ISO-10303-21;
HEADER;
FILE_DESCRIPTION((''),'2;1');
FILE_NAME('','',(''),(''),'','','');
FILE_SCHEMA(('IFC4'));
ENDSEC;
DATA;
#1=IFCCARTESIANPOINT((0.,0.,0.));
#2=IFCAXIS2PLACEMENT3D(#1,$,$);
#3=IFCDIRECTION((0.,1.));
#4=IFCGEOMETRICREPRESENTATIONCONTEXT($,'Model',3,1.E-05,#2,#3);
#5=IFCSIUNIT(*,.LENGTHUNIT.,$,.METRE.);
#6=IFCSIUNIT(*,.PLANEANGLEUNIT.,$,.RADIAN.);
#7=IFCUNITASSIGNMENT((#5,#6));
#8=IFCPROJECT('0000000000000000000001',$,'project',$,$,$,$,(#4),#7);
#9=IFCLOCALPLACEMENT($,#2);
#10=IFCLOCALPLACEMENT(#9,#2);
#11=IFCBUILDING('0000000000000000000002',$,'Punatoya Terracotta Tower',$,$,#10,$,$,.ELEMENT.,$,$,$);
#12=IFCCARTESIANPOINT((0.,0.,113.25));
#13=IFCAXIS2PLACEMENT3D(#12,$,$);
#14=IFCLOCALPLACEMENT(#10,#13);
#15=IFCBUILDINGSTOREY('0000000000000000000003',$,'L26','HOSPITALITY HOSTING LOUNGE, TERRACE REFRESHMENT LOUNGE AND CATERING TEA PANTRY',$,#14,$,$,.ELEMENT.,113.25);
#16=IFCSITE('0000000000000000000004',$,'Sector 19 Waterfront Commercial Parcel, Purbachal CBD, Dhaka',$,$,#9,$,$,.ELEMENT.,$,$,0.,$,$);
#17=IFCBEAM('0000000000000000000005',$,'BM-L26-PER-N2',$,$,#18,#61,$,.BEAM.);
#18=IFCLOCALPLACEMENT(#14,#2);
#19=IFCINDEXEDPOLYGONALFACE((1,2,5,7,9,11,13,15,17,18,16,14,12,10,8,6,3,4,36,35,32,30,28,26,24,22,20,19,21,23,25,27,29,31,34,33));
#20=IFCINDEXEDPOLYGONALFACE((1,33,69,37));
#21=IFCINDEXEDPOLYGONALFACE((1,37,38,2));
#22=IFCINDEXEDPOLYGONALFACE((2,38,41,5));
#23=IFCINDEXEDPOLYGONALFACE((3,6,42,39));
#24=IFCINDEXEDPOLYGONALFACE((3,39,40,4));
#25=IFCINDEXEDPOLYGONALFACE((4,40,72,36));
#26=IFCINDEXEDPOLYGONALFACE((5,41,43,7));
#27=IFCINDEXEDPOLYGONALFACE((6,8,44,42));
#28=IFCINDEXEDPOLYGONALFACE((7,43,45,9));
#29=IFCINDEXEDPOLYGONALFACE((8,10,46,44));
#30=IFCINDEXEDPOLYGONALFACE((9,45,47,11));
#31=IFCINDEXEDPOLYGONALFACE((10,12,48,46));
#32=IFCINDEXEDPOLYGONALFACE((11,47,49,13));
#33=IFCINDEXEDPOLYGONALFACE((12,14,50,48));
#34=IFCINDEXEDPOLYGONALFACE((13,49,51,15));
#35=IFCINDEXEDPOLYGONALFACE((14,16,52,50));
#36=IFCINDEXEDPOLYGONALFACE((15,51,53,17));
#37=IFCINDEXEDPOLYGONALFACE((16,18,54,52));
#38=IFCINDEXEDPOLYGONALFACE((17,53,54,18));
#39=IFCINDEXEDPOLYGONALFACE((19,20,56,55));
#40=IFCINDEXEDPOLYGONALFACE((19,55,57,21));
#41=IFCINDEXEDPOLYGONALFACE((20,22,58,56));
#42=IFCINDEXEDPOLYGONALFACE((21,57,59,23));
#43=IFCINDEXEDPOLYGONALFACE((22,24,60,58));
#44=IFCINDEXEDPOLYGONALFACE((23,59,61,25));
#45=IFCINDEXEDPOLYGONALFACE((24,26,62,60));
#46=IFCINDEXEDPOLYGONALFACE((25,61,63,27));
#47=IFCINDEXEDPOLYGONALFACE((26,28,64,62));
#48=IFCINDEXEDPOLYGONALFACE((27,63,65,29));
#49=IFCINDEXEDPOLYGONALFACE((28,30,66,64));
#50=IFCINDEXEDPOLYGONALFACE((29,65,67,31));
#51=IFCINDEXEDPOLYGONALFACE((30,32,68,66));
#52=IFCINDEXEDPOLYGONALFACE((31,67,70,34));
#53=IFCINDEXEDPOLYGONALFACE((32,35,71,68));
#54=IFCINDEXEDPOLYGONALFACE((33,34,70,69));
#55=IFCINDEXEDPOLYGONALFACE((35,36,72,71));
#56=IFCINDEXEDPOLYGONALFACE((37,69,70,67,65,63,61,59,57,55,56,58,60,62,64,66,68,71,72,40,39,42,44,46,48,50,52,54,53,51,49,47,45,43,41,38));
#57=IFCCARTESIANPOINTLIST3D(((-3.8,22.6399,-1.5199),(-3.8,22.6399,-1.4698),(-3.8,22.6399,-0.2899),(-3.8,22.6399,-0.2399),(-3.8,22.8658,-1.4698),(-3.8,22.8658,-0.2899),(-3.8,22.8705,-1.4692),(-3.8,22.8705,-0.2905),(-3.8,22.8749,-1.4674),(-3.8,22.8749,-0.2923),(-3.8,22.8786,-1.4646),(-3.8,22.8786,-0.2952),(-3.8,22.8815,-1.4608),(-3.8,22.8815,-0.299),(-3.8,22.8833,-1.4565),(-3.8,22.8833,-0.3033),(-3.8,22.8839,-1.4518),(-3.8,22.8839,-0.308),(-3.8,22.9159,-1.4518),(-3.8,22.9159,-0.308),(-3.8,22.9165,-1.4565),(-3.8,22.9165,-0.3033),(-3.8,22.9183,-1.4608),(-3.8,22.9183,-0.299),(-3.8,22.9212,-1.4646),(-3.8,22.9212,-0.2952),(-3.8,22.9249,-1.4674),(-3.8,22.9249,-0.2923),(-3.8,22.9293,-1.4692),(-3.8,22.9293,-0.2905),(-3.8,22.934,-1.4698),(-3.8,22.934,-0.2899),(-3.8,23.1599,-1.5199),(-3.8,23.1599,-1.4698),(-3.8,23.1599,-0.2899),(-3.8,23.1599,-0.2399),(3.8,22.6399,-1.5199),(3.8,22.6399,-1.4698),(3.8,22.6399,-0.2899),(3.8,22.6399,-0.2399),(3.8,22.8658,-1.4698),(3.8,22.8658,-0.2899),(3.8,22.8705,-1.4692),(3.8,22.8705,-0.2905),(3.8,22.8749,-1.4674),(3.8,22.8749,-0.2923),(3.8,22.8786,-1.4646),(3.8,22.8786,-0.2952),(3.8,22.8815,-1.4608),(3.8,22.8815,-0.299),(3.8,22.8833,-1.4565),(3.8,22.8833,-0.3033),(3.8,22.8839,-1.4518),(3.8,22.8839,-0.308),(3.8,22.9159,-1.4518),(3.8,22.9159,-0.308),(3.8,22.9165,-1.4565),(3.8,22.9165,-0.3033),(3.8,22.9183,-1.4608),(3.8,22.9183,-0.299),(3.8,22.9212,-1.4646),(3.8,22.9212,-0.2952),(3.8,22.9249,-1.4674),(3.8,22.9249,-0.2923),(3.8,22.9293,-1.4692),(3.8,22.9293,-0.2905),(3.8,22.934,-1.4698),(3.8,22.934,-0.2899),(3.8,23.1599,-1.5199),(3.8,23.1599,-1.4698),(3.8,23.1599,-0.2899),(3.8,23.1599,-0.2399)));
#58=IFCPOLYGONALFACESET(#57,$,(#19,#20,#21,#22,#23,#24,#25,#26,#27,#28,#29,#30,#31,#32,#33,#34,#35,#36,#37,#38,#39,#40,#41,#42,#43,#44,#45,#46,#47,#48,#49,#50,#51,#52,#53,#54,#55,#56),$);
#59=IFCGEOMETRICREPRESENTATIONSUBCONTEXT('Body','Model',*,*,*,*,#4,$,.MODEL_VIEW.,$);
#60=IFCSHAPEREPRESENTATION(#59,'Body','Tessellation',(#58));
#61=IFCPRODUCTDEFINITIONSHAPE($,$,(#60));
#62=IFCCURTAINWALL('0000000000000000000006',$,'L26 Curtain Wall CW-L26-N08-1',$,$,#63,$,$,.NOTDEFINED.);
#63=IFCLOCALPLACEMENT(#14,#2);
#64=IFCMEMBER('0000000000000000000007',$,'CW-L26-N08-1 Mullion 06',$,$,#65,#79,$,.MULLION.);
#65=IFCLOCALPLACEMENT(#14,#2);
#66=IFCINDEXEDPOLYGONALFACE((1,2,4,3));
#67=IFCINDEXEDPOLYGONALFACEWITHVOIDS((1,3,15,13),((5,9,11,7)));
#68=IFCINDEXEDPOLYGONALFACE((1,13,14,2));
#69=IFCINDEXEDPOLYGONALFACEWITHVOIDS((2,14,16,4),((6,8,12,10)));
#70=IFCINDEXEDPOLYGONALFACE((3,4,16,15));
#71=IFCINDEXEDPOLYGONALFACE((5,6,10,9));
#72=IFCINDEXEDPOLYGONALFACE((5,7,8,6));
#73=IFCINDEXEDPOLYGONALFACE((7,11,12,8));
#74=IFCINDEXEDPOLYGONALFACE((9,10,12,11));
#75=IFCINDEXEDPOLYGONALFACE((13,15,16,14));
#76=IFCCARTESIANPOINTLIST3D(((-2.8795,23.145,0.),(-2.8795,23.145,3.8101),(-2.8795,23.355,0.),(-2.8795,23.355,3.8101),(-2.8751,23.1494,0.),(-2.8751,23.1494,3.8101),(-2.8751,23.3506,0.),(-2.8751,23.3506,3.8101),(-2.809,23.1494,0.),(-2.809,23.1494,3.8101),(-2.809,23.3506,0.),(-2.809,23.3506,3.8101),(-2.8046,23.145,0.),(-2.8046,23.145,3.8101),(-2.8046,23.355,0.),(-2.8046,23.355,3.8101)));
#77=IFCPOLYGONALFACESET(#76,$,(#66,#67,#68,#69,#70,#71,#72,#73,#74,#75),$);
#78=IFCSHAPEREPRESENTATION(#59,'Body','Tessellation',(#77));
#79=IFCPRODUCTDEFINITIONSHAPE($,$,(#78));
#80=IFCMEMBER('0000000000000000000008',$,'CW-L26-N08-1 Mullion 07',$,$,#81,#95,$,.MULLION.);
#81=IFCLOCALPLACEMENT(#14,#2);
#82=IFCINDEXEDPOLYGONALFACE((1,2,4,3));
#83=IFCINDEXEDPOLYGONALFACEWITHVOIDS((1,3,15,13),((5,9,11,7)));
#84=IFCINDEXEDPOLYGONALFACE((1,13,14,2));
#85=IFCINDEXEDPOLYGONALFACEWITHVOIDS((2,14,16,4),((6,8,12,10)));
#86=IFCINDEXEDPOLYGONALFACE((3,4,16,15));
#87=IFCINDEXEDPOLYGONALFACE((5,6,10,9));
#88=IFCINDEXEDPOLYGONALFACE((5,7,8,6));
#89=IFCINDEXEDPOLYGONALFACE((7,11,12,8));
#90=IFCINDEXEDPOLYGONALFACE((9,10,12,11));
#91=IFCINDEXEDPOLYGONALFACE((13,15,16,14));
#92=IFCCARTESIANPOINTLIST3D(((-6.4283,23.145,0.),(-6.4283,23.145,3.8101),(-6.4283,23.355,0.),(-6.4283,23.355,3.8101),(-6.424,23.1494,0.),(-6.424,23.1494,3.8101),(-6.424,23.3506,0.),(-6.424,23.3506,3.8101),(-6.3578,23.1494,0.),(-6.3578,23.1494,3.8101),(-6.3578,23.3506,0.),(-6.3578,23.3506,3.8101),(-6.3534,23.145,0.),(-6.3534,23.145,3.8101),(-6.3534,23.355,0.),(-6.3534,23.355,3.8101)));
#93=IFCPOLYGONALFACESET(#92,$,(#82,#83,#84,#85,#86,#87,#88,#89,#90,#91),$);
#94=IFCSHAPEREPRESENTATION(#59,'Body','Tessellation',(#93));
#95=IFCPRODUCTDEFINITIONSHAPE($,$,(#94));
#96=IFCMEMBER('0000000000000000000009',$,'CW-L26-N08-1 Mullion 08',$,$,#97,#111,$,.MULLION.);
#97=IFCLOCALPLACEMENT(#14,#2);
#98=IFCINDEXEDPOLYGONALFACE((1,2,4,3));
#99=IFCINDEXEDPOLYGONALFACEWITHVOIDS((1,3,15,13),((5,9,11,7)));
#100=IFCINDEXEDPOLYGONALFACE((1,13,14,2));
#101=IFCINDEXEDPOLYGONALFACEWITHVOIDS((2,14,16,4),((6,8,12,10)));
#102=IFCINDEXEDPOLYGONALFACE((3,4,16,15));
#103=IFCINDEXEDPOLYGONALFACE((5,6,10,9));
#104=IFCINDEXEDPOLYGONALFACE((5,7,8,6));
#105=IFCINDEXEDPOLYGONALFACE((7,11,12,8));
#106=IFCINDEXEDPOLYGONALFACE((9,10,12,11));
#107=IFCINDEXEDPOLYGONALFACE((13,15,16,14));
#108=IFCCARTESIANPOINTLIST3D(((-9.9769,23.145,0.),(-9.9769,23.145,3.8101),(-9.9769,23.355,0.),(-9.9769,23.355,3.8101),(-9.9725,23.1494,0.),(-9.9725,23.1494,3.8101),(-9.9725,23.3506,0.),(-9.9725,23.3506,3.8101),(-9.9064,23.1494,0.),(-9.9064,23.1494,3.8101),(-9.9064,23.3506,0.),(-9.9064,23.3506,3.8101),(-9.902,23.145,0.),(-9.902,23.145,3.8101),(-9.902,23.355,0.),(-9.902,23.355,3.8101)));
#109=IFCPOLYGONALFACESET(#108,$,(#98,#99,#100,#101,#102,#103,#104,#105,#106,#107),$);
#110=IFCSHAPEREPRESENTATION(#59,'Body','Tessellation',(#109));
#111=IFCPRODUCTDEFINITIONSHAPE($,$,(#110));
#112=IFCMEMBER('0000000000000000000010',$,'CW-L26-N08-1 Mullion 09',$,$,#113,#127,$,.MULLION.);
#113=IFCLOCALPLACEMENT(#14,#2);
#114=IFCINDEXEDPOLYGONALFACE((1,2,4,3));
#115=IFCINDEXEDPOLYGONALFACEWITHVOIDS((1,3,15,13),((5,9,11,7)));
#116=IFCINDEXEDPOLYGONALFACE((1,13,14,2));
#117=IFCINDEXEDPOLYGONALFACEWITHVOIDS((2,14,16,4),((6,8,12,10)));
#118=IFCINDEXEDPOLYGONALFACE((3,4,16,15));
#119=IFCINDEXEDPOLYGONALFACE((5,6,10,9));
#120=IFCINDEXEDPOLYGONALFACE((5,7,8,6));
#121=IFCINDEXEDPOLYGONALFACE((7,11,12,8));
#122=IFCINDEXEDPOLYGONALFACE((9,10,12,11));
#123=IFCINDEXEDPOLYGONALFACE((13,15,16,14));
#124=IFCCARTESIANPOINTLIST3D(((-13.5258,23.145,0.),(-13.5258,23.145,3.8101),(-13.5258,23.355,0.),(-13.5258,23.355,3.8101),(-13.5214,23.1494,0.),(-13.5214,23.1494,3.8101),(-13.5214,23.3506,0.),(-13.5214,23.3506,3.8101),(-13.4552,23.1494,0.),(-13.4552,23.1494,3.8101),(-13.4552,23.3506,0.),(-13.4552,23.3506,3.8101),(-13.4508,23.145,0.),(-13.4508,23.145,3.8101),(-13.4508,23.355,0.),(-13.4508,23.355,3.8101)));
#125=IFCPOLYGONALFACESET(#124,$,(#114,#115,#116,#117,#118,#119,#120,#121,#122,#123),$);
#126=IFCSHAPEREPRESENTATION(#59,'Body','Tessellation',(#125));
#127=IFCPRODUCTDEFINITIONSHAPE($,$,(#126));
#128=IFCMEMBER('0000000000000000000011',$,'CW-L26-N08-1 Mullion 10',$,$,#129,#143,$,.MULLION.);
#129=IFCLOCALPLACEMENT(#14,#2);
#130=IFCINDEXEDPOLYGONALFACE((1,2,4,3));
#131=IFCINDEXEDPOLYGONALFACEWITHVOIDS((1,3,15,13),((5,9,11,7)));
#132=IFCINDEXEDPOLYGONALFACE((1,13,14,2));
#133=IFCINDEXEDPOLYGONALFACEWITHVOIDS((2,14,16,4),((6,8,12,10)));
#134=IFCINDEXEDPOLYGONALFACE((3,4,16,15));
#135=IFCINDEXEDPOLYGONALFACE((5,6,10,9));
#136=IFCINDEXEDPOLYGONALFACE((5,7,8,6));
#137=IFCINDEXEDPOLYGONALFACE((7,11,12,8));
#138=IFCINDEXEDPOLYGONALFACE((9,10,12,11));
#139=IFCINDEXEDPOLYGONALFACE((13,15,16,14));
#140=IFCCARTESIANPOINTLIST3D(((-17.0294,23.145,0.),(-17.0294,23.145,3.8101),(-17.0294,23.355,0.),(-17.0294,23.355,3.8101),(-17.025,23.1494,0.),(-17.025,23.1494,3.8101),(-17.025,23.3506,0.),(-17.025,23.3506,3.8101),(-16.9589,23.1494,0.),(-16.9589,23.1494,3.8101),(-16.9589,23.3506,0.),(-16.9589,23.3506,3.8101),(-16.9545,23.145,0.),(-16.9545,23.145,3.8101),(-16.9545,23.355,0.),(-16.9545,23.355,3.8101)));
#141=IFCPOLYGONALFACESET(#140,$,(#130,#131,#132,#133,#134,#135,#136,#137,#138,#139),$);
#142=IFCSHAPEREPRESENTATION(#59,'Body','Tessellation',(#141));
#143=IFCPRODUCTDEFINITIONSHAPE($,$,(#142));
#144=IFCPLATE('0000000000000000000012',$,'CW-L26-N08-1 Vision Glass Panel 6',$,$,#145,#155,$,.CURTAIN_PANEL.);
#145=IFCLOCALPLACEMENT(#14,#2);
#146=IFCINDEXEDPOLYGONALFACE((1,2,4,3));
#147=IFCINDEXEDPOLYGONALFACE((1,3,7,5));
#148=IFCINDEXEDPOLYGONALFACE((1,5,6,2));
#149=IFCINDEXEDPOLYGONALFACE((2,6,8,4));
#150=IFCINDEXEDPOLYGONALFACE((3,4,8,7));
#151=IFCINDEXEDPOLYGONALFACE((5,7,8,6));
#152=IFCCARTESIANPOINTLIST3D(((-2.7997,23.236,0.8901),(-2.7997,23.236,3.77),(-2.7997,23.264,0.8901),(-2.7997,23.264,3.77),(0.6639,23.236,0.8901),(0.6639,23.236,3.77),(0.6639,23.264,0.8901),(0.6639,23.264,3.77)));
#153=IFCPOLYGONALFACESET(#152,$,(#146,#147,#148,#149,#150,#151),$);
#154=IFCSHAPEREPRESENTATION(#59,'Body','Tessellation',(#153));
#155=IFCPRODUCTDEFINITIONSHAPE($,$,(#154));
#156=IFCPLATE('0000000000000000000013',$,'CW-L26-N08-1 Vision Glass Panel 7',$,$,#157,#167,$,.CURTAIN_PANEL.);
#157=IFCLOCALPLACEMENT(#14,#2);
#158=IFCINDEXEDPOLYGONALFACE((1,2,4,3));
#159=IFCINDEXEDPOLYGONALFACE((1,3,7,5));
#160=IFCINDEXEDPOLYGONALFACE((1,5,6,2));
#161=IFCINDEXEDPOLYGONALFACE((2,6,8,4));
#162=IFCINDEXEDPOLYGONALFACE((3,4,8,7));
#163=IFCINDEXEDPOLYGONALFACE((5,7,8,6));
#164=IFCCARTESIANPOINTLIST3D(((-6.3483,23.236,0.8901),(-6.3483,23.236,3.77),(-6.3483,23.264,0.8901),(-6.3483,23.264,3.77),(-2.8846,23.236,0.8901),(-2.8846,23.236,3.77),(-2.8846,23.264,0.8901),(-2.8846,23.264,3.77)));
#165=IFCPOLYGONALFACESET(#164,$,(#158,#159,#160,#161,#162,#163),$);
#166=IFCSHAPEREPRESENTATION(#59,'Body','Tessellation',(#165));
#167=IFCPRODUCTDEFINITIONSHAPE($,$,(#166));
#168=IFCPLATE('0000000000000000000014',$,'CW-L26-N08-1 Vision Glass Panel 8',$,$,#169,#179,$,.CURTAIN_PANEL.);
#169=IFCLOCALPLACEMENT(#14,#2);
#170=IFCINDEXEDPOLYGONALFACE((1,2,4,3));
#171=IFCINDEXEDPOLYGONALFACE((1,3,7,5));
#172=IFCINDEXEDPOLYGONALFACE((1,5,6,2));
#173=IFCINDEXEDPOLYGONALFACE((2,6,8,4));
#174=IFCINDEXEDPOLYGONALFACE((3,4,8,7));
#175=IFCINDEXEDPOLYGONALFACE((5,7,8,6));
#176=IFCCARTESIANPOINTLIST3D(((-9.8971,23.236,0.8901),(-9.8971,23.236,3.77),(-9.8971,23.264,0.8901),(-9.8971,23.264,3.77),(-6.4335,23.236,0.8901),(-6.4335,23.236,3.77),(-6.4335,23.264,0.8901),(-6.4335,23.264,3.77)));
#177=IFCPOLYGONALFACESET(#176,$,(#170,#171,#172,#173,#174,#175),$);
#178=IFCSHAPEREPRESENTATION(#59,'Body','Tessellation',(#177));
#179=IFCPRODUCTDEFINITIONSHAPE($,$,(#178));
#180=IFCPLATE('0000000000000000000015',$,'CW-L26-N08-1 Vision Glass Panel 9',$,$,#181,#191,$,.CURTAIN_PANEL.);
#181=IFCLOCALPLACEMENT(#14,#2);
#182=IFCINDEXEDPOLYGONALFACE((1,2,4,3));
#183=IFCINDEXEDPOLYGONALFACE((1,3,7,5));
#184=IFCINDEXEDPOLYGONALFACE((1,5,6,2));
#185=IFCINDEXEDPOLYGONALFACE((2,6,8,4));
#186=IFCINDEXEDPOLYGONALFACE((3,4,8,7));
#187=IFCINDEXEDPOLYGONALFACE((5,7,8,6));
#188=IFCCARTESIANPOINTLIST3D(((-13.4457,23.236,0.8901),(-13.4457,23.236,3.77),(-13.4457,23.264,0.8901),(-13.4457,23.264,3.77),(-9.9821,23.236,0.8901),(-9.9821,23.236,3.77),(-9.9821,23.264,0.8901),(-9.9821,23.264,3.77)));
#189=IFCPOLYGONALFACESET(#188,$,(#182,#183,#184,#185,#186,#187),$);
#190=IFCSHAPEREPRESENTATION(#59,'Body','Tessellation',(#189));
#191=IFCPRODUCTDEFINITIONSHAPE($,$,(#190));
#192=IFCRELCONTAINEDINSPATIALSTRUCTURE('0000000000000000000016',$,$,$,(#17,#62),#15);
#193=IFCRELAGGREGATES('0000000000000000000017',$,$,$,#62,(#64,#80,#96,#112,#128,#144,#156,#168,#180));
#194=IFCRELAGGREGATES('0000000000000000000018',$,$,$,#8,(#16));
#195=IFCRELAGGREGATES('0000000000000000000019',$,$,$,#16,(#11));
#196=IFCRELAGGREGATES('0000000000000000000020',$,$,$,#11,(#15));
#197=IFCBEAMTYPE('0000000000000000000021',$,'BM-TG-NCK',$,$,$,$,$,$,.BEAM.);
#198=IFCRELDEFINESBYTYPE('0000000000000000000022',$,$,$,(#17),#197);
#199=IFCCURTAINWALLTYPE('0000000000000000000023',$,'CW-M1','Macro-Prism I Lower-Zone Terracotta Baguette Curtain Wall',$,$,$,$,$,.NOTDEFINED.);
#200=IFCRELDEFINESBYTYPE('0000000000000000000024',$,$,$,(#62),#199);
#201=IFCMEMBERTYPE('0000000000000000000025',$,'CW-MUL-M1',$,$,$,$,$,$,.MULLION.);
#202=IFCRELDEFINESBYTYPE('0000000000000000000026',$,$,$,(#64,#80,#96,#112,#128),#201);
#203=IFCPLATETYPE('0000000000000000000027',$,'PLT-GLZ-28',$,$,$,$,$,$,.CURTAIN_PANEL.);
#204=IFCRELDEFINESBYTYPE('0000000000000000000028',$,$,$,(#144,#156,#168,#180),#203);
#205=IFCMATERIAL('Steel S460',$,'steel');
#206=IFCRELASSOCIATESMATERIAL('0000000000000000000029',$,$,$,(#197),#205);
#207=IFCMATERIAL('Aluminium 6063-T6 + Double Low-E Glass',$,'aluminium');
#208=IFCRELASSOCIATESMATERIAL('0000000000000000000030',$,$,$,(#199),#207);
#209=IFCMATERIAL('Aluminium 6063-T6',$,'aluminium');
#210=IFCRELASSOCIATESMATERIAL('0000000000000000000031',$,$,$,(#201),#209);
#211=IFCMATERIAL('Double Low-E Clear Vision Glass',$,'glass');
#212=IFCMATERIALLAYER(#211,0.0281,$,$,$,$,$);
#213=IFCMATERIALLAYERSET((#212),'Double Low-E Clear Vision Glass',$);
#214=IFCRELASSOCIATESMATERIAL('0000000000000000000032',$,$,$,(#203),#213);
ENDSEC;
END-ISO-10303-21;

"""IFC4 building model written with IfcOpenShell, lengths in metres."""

from ifc_helpers import new_model, si_unit, direction, frame, origin, origin_2d, place, context, subcontext, project, spatial, rectangle, hollow_rectangle, i_section, extrude, material, layer, layer_set, material_profile, profile_set, type_object, element, aggregate, save


model = new_model("IFC4")

# Units and contexts
model_context = context("Model", 3, precision=1e-05, world=origin(), true_north=direction((0.0, 1.0)))
body_context = subcontext(model_context, "Body", "Model", "MODEL_VIEW")
ifc_project = project(units=[si_unit("LENGTHUNIT", "METRE"), si_unit("PLANEANGLEUNIT", "RADIAN")], contexts=[model_context])

# Site, building, storey
site_placement = place(None, origin())
site = spatial("IfcSite", under=ifc_project, at=site_placement, Name="Sector 19 Waterfront Commercial Parcel, Purbachal CBD, Dhaka", CompositionType="ELEMENT", RefElevation=0.0)
building_placement = place(site_placement, origin())
building = spatial("IfcBuilding", under=site, at=building_placement, Name="Punatoya Terracotta Tower", CompositionType="ELEMENT")
storey_placement = place(building_placement, frame((0.0, 0.0, 113.25)))
storey = spatial("IfcBuildingStorey", under=building, at=storey_placement, Name="L26", Description="HOSPITALITY HOSTING LOUNGE, TERRACE REFRESHMENT LOUNGE AND CATERING TEA PANTRY", CompositionType="ELEMENT", Elevation=113.25)

# Shared definitions
ifc_material_1 = material(Name="Steel S460", Category="steel")

# Beam
ifc_material_profile_1 = material_profile(ifc_material_1, i_section(OverallWidth=0.52, OverallDepth=1.28, WebThickness=0.032, FlangeThickness=0.05, FilletRadius=0.0181, at=origin_2d()))
ifc_profile_set_1 = profile_set([ifc_material_profile_1], Name="Steel S460")
beam_type_1 = type_object("IfcBeamType", Name="BM-TG-NCK", PredefinedType="BEAM", material=ifc_profile_set_1)
beam_1_placement = place(storey_placement, frame((-3.8, 22.8999, -0.8799), z_axis=(1.0, 0.0, 0.0), x_axis=(0.0, 1.0, 0.0)))
element("IfcBeam", 1, at=beam_1_placement, inside=storey, type_object=beam_type_1, Name="BM-L26-PER-N2", PredefinedType="BEAM", context=body_context, shape_type="SweptSolid", body=[
    extrude(i_section(OverallWidth=0.52, OverallDepth=1.28, WebThickness=0.032, FlangeThickness=0.05, FilletRadius=0.0181, at=origin_2d()), origin(), (0.0, 0.0, 1.0), 7.6001),
])

# Curtain wall, members, plates
ifc_material_2 = material(Name="Aluminium 6063-T6 + Double Low-E Glass", Category="aluminium")
curtain_wall_type = type_object("IfcCurtainWallType", Name="CW-M1", Description="Macro-Prism I Lower-Zone Terracotta Baguette Curtain Wall", PredefinedType="NOTDEFINED", material=ifc_material_2)
curtain_wall_placement = place(storey_placement, origin())
curtain_wall = element("IfcCurtainWall", 2, at=curtain_wall_placement, inside=storey, type_object=curtain_wall_type, Name="L26 Curtain Wall CW-L26-N08-1", PredefinedType="NOTDEFINED")
ifc_material_3 = material(Name="Aluminium 6063-T6", Category="aluminium")
ifc_material_profile_2 = material_profile(ifc_material_3, hollow_rectangle(XDim=0.075, YDim=0.21, WallThickness=0.0044, at=origin_2d()))
ifc_profile_set_2 = profile_set([ifc_material_profile_2], Name="Aluminium 6063-T6")
member_type = type_object("IfcMemberType", Name="CW-MUL-M1", PredefinedType="MULLION", material=ifc_profile_set_2)
member_1_placement = place(storey_placement, frame((-2.842, 23.25, 0.0), z_axis=(0.0, 0.0, 1.0), x_axis=(1.0, 0.0, 0.0)))
member_1 = element("IfcMember", 3, at=member_1_placement, type_object=member_type, Name="CW-L26-N08-1 Mullion 06", PredefinedType="MULLION", context=body_context, shape_type="SweptSolid", body=[
    extrude(hollow_rectangle(XDim=0.075, YDim=0.21, WallThickness=0.0044, at=origin_2d()), origin(), (0.0, 0.0, 1.0), 3.8101),
])
member_2_placement = place(storey_placement, frame((-6.3909, 23.25, 0.0), z_axis=(0.0, 0.0, 1.0), x_axis=(1.0, 0.0, 0.0)))
member_2 = element("IfcMember", 4, at=member_2_placement, type_object=member_type, Name="CW-L26-N08-1 Mullion 07", PredefinedType="MULLION", context=body_context, shape_type="SweptSolid", body=[
    extrude(hollow_rectangle(XDim=0.075, YDim=0.21, WallThickness=0.0044, at=origin_2d()), origin(), (0.0, 0.0, 1.0), 3.8101),
])
member_3_placement = place(storey_placement, frame((-9.9395, 23.25, 0.0), z_axis=(0.0, 0.0, 1.0), x_axis=(1.0, 0.0, 0.0)))
member_3 = element("IfcMember", 5, at=member_3_placement, type_object=member_type, Name="CW-L26-N08-1 Mullion 08", PredefinedType="MULLION", context=body_context, shape_type="SweptSolid", body=[
    extrude(hollow_rectangle(XDim=0.075, YDim=0.21, WallThickness=0.0044, at=origin_2d()), origin(), (0.0, 0.0, 1.0), 3.8101),
])
member_4_placement = place(storey_placement, frame((-13.4883, 23.25, 0.0), z_axis=(0.0, 0.0, 1.0), x_axis=(1.0, 0.0, 0.0)))
member_4 = element("IfcMember", 6, at=member_4_placement, type_object=member_type, Name="CW-L26-N08-1 Mullion 09", PredefinedType="MULLION", context=body_context, shape_type="SweptSolid", body=[
    extrude(hollow_rectangle(XDim=0.075, YDim=0.21, WallThickness=0.0044, at=origin_2d()), origin(), (0.0, 0.0, 1.0), 3.8101),
])
member_5_placement = place(storey_placement, frame((-16.9919, 23.25, 0.0), z_axis=(0.0, 0.0, 1.0), x_axis=(1.0, 0.0, 0.0)))
member_5 = element("IfcMember", 7, at=member_5_placement, type_object=member_type, Name="CW-L26-N08-1 Mullion 10", PredefinedType="MULLION", context=body_context, shape_type="SweptSolid", body=[
    extrude(hollow_rectangle(XDim=0.075, YDim=0.21, WallThickness=0.0044, at=origin_2d()), origin(), (0.0, 0.0, 1.0), 3.8101),
])
ifc_material_4 = material(Name="Double Low-E Clear Vision Glass", Category="glass")
ifc_layer_1 = layer(ifc_material_4, 0.0281)
ifc_layer_set_1 = layer_set([ifc_layer_1], Name="Double Low-E Clear Vision Glass")
plate_type_1 = type_object("IfcPlateType", Name="PLT-GLZ-28", PredefinedType="CURTAIN_PANEL", material=ifc_layer_set_1)
plate_1_placement = place(storey_placement, frame((-1.0679, 23.25, 0.8901), z_axis=(0.0, 0.0, 1.0), x_axis=(-1.0, 0.0, 0.0)))
plate_1 = element("IfcPlate", 8, at=plate_1_placement, type_object=plate_type_1, Name="CW-L26-N08-1 Vision Glass Panel 6", PredefinedType="CURTAIN_PANEL", context=body_context, shape_type="SweptSolid", body=[
    extrude(rectangle(XDim=3.4636, YDim=0.0281, at=origin_2d()), origin(), (0.0, 0.0, 1.0), 2.8799),
])
plate_2_placement = place(storey_placement, frame((-4.6165, 23.25, 0.8901), z_axis=(0.0, 0.0, 1.0), x_axis=(-1.0, 0.0, 0.0)))
plate_2 = element("IfcPlate", 9, at=plate_2_placement, type_object=plate_type_1, Name="CW-L26-N08-1 Vision Glass Panel 7", PredefinedType="CURTAIN_PANEL", context=body_context, shape_type="SweptSolid", body=[
    extrude(rectangle(XDim=3.4636, YDim=0.0281, at=origin_2d()), origin(), (0.0, 0.0, 1.0), 2.8799),
])
plate_3_placement = place(storey_placement, frame((-8.1653, 23.25, 0.8901), z_axis=(0.0, 0.0, 1.0), x_axis=(-1.0, 0.0, 0.0)))
plate_3 = element("IfcPlate", 10, at=plate_3_placement, type_object=plate_type_1, Name="CW-L26-N08-1 Vision Glass Panel 8", PredefinedType="CURTAIN_PANEL", context=body_context, shape_type="SweptSolid", body=[
    extrude(rectangle(XDim=3.4636, YDim=0.0281, at=origin_2d()), origin(), (0.0, 0.0, 1.0), 2.8799),
])
plate_4_placement = place(storey_placement, frame((-11.7139, 23.25, 0.8901), z_axis=(0.0, 0.0, 1.0), x_axis=(-1.0, 0.0, 0.0)))
plate_4 = element("IfcPlate", 11, at=plate_4_placement, type_object=plate_type_1, Name="CW-L26-N08-1 Vision Glass Panel 9", PredefinedType="CURTAIN_PANEL", context=body_context, shape_type="SweptSolid", body=[
    extrude(rectangle(XDim=3.4636, YDim=0.0281, at=origin_2d()), origin(), (0.0, 0.0, 1.0), 2.8799),
])
aggregate(curtain_wall, [member_1, member_2, member_3, member_4, member_5, plate_1, plate_2, plate_3, plate_4])

save(model, "model.ifc")
